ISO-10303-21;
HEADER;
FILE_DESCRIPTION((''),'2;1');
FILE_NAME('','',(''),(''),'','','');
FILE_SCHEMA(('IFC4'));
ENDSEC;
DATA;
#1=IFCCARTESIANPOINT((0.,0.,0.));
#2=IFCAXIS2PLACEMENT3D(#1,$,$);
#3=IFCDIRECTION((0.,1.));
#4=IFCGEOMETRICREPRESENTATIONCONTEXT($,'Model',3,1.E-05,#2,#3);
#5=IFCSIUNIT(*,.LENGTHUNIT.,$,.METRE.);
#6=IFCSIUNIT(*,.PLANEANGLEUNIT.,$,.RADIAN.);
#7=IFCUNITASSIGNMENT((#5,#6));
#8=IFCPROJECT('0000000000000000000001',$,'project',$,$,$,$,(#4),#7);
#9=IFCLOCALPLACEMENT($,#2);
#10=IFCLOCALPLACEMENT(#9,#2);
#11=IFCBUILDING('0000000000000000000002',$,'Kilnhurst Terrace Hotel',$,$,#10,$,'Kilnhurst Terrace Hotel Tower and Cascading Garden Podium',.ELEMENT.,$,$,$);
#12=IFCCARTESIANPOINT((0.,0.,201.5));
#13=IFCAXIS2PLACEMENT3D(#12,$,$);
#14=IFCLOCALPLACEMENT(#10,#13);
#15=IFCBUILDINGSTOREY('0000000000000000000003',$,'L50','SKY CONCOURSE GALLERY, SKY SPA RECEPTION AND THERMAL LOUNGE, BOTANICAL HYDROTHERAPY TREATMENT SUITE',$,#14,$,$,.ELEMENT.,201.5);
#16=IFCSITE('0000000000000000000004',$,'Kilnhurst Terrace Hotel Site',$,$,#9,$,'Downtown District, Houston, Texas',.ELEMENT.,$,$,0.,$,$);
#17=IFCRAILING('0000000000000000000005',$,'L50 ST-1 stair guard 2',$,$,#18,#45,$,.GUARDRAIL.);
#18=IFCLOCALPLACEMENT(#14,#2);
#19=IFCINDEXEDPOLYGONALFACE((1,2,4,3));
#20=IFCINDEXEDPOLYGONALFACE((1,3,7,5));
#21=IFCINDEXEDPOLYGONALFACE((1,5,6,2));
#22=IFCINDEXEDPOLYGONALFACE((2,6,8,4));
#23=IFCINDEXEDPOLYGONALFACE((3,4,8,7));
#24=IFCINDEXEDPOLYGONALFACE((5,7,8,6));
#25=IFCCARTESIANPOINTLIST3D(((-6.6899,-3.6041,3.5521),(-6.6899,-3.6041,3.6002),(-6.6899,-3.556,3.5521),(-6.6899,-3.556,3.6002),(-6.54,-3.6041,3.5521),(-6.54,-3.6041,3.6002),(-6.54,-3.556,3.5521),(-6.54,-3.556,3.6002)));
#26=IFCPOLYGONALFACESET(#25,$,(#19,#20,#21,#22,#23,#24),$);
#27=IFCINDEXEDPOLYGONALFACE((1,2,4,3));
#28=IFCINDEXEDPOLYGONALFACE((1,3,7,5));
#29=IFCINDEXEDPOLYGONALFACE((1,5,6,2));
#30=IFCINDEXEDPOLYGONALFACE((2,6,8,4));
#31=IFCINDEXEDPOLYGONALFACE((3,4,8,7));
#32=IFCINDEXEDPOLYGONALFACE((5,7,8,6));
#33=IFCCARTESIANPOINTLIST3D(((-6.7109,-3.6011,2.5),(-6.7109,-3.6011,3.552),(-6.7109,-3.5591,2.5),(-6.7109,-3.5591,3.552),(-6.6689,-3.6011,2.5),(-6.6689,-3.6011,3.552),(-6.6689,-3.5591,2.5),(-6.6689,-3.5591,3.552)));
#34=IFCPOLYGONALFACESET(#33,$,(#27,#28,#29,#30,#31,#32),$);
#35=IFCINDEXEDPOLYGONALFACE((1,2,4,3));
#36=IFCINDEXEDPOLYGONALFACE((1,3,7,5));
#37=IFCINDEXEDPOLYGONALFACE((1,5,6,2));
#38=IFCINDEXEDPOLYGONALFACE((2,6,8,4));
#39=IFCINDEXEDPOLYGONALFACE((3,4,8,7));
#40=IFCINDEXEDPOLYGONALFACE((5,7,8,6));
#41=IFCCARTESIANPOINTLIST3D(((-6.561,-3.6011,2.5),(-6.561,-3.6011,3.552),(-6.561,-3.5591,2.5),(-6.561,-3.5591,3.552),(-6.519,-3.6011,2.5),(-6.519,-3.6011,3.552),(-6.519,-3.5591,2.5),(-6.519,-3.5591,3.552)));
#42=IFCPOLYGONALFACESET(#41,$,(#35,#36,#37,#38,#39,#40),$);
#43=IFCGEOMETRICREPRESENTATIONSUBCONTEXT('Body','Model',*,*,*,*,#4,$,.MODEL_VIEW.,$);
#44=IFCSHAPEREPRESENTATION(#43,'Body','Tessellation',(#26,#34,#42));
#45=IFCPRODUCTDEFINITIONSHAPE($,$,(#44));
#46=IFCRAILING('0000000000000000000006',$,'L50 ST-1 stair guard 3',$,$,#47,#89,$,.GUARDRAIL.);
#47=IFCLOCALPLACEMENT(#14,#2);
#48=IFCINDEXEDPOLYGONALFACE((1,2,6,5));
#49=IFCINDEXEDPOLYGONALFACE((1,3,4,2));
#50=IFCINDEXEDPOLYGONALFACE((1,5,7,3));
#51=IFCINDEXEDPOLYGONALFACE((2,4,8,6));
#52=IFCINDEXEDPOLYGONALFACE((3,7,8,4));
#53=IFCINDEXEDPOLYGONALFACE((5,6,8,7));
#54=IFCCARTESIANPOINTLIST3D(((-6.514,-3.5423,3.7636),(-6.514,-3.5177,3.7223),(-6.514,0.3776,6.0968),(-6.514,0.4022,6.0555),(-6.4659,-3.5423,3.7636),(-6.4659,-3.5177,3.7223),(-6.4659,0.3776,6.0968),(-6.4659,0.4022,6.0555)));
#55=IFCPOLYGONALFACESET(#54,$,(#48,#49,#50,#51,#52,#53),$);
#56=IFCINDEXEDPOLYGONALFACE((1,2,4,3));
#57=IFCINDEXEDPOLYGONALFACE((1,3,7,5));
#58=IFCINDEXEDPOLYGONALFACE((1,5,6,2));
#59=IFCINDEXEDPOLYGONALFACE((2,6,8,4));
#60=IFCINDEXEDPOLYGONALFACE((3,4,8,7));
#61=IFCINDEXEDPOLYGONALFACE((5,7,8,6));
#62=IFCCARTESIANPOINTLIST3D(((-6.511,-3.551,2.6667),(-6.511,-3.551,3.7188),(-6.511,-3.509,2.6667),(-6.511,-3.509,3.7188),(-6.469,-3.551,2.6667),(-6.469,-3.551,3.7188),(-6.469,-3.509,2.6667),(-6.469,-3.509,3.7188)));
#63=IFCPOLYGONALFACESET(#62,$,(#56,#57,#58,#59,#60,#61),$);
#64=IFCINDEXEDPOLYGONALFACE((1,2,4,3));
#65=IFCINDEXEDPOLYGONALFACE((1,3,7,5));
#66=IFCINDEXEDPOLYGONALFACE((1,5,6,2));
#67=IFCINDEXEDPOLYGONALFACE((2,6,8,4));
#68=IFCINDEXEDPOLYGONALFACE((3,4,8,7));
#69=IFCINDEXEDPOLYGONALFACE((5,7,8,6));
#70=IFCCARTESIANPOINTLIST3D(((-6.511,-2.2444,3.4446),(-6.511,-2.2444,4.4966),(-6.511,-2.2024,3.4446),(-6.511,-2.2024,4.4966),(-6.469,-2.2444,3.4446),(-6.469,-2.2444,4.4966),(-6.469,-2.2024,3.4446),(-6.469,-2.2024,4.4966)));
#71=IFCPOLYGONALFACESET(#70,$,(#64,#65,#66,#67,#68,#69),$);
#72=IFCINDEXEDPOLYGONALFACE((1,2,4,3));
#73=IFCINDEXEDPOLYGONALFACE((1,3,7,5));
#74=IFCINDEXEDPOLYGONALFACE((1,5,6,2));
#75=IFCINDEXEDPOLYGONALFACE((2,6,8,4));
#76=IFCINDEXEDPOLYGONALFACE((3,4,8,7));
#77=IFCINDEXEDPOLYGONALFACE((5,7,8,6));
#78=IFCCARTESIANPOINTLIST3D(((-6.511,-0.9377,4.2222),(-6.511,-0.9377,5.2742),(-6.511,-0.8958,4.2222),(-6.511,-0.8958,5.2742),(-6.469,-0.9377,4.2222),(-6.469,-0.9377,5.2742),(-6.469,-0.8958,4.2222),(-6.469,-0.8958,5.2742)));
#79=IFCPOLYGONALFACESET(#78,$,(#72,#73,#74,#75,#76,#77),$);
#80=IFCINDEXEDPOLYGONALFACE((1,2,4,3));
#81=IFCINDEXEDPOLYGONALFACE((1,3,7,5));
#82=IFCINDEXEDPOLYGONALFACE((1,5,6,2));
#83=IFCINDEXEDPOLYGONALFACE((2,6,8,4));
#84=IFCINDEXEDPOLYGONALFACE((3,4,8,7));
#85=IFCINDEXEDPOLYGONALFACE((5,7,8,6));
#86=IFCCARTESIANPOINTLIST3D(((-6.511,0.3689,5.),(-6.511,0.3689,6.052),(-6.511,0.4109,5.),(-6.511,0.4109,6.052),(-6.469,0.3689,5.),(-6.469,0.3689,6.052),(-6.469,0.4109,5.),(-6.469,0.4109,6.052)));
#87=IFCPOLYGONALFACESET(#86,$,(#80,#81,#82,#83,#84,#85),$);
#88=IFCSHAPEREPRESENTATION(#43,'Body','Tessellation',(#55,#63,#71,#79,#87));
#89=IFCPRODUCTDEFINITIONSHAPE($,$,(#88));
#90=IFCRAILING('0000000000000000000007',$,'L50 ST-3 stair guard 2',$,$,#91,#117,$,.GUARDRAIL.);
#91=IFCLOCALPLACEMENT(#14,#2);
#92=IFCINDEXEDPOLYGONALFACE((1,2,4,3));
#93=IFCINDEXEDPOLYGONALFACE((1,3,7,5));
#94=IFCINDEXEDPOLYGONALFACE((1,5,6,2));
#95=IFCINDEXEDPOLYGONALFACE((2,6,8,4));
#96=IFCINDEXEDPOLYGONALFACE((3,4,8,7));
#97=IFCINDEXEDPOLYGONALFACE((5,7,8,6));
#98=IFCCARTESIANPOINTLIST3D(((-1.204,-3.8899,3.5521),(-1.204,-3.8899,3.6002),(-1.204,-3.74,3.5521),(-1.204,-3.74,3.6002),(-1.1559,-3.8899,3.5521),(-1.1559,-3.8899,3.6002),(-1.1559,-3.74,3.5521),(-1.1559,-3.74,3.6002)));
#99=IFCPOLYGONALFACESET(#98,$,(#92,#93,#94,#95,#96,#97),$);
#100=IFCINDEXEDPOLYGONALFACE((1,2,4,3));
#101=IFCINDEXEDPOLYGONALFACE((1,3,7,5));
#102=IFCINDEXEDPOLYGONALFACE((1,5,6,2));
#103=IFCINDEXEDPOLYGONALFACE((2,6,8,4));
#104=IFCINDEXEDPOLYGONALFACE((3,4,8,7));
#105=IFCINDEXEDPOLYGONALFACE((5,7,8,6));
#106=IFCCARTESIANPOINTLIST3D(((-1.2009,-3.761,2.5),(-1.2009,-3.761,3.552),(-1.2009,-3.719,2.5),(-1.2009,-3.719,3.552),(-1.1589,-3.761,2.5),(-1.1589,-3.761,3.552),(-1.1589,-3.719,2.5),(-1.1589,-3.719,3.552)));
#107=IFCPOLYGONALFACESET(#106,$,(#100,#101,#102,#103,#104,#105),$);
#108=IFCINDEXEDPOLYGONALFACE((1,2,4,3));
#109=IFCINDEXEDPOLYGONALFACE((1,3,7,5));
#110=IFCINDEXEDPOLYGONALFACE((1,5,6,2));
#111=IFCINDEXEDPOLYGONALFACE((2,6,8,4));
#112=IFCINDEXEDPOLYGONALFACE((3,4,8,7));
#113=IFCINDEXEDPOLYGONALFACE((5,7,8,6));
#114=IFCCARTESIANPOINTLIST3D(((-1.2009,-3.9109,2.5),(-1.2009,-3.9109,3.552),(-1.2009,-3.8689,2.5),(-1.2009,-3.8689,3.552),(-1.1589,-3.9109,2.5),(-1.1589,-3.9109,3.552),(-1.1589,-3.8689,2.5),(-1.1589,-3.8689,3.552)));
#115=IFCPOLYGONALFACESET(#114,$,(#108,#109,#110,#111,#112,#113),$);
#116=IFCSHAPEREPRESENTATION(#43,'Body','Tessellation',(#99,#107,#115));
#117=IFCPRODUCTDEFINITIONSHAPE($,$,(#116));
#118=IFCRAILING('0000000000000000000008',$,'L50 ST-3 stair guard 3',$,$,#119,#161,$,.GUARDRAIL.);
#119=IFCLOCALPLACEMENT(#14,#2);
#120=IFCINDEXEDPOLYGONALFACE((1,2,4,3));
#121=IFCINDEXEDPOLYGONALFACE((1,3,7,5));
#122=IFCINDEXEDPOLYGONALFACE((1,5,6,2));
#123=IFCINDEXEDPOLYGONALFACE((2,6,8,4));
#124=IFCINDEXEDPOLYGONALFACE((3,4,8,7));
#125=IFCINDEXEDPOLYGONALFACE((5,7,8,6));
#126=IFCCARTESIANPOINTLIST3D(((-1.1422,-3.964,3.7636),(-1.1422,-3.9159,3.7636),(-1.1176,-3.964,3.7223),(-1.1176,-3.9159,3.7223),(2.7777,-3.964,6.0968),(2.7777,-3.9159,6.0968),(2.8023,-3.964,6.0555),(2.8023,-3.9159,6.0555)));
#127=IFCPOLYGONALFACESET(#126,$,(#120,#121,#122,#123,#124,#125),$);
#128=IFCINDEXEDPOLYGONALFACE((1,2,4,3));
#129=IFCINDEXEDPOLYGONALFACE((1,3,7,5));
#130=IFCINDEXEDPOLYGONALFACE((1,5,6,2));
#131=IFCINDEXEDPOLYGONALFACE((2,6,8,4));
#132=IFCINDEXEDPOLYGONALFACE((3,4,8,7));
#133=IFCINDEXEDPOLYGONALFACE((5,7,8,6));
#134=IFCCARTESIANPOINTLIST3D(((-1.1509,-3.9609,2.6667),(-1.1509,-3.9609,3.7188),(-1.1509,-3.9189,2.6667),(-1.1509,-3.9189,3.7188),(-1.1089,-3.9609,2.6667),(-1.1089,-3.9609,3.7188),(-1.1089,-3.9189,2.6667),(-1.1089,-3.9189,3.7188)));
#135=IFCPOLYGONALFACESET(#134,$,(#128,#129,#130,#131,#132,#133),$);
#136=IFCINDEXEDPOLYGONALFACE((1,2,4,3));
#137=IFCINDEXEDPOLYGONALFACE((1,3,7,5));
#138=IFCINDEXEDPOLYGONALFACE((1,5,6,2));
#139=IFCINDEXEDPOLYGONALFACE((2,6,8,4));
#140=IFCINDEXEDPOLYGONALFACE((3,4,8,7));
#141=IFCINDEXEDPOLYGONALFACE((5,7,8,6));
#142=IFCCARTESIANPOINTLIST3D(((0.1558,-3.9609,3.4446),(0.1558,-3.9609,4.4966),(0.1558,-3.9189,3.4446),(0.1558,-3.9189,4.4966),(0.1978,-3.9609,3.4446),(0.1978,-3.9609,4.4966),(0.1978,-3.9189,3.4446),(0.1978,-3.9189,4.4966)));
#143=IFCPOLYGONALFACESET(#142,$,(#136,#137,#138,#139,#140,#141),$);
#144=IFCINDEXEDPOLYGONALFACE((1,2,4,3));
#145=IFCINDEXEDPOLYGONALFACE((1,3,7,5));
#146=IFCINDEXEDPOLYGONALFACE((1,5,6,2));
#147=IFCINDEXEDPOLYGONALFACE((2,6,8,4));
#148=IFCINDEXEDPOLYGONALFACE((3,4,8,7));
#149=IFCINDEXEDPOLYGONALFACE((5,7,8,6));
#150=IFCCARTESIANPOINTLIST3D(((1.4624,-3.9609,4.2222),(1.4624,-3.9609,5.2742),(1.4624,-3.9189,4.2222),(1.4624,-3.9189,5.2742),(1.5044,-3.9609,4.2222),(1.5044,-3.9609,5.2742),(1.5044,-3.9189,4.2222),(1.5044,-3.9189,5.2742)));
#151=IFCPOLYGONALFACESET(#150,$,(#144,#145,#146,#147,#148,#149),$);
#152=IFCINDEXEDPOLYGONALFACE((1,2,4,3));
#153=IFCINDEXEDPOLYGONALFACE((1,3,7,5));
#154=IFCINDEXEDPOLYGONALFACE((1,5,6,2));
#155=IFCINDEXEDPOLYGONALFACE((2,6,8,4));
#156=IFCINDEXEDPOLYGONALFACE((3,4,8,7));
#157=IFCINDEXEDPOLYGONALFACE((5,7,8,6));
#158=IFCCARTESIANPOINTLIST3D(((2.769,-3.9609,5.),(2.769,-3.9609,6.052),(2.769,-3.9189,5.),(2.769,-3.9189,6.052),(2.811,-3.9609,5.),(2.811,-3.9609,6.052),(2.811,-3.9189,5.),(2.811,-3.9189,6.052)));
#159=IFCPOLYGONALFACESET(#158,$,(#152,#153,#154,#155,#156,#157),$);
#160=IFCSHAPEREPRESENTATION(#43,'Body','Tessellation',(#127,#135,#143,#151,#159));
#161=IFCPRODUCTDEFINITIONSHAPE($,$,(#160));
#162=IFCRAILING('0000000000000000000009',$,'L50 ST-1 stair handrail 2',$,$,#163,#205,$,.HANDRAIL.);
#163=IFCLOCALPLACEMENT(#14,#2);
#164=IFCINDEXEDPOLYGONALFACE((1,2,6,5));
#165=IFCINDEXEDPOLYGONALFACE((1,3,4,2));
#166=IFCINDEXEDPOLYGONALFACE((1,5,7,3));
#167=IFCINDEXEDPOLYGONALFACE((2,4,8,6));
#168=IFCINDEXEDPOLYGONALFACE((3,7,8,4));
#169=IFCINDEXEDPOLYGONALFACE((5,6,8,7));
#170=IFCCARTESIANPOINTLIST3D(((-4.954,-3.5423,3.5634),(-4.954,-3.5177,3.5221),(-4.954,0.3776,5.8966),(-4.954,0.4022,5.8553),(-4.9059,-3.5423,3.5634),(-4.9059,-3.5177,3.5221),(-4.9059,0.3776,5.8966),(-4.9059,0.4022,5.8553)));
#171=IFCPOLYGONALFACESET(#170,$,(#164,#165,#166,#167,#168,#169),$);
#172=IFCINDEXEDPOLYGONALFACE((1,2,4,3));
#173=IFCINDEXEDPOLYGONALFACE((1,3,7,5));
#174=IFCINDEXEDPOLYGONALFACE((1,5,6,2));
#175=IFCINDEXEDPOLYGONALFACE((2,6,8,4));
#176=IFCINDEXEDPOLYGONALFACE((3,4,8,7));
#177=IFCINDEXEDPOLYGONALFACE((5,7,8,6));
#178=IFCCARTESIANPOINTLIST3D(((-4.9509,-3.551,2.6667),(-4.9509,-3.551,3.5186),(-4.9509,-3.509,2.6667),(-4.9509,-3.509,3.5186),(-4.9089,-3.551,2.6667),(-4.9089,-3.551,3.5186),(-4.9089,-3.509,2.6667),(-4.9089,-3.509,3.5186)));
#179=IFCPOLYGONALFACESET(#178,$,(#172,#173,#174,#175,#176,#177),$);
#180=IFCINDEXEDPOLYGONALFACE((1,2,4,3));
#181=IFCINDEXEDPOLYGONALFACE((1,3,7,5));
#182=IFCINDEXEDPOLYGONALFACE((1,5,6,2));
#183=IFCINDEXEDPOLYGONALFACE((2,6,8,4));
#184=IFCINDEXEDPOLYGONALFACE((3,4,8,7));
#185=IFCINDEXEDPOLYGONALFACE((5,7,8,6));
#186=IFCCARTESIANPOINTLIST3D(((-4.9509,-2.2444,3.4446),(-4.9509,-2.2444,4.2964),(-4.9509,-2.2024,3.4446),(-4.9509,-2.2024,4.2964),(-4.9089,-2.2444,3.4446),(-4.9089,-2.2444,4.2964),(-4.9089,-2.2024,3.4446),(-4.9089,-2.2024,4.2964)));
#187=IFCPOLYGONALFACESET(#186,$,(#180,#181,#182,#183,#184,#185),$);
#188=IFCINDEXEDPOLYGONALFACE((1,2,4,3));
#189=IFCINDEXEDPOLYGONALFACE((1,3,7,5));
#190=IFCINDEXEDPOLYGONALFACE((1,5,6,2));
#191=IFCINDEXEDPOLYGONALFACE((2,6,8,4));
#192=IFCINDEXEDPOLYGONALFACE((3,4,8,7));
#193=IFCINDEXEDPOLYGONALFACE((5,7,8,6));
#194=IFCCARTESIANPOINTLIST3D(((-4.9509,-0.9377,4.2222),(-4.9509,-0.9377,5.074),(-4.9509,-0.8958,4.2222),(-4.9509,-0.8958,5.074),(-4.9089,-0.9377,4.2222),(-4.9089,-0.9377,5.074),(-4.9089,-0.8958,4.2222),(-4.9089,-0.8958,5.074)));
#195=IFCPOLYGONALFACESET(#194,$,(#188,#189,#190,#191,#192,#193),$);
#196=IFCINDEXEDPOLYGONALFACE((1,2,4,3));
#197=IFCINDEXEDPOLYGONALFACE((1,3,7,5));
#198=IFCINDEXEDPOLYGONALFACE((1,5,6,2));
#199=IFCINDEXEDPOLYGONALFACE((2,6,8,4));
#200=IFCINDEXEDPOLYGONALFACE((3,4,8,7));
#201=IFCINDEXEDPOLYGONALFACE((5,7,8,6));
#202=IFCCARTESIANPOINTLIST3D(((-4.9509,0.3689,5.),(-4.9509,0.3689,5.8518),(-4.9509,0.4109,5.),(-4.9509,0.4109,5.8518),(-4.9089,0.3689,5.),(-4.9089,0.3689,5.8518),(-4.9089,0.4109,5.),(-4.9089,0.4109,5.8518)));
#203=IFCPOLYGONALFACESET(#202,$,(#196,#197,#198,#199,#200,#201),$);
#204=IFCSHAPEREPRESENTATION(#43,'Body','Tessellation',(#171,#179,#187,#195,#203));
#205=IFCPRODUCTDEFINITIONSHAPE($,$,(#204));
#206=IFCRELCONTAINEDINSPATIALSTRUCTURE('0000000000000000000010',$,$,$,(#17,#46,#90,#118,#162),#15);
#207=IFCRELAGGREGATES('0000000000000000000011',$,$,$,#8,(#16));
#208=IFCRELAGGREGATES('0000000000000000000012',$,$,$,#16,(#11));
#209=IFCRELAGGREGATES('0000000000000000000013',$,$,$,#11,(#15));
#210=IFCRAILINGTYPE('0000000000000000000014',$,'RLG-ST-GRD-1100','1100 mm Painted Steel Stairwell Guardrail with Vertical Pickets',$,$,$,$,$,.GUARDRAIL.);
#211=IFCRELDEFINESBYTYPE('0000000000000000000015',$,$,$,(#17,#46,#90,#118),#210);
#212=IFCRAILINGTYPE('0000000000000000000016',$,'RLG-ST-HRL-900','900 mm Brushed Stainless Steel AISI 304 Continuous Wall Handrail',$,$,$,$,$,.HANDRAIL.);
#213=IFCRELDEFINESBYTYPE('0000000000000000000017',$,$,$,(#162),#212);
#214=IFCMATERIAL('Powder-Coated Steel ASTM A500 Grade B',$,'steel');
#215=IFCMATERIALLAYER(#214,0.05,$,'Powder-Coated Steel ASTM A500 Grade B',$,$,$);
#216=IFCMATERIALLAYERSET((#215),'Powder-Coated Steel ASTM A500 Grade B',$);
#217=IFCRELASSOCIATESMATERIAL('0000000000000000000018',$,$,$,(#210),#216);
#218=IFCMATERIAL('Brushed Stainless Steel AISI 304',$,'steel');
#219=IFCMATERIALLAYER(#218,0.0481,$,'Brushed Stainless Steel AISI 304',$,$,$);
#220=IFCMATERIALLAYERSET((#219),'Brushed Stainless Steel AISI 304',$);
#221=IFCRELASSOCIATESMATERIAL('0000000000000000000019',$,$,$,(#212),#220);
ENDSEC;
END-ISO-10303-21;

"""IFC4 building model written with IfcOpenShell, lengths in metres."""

from ifc_helpers import new_model, si_unit, direction, frame, origin, origin_2d, place, context, subcontext, project, spatial, rectangle, extrude, material, layer, layer_set, type_object, element, save


model = new_model("IFC4")

# Units and contexts
model_context = context("Model", 3, precision=1e-05, world=origin(), true_north=direction((0.0, 1.0)))
body_context = subcontext(model_context, "Body", "Model", "MODEL_VIEW")
ifc_project = project(units=[si_unit("LENGTHUNIT", "METRE"), si_unit("PLANEANGLEUNIT", "RADIAN")], contexts=[model_context])

# Site, building, storey
site_placement = place(None, origin())
site = spatial("IfcSite", under=ifc_project, at=site_placement, Name="Kilnhurst Terrace Hotel Site", LongName="Downtown District, Houston, Texas", CompositionType="ELEMENT", RefElevation=0.0)
building_placement = place(site_placement, origin())
building = spatial("IfcBuilding", under=site, at=building_placement, Name="Kilnhurst Terrace Hotel", LongName="Kilnhurst Terrace Hotel Tower and Cascading Garden Podium", CompositionType="ELEMENT")
storey_placement = place(building_placement, frame((0.0, 0.0, 201.5)))
storey = spatial("IfcBuildingStorey", under=building, at=storey_placement, Name="L50", Description="SKY CONCOURSE GALLERY, SKY SPA RECEPTION AND THERMAL LOUNGE, BOTANICAL HYDROTHERAPY TREATMENT SUITE", CompositionType="ELEMENT", Elevation=201.5)

# Railings
ifc_material_1 = material(Name="Powder-Coated Steel ASTM A500 Grade B", Category="steel")
ifc_layer_1 = layer(ifc_material_1, 0.05, Name="Powder-Coated Steel ASTM A500 Grade B")
ifc_layer_set_1 = layer_set([ifc_layer_1], Name="Powder-Coated Steel ASTM A500 Grade B")
railing_type_1 = type_object("IfcRailingType", Name="RLG-ST-GRD-1100", Description="1100 mm Painted Steel Stairwell Guardrail with Vertical Pickets", PredefinedType="GUARDRAIL", material=ifc_layer_set_1)
railing_1_placement = place(storey_placement, frame((-6.6899, -3.5801, 2.5)))
element("IfcRailing", 1, at=railing_1_placement, inside=storey, type_object=railing_type_1, Name="L50 ST-1 stair guard 2", PredefinedType="GUARDRAIL", context=body_context, shape_type="SweptSolid", body=[
    extrude(rectangle(XDim=0.0481, YDim=0.0481, at=origin_2d()), frame((0.0, 0.0, 1.0762), z_axis=(1.0, 0.0, 0.0), x_axis=(0.0, 1.0, 0.0)), (0.0, 0.0, 1.0), 0.1499),
    extrude(rectangle(XDim=0.042, YDim=0.042, at=origin_2d()), origin(), (0.0, 0.0, 1.0), 1.052),
    extrude(rectangle(XDim=0.042, YDim=0.042, at=origin_2d()), frame((0.1499, 0.0, 0.0)), (0.0, 0.0, 1.0), 1.052),
])
railing_2_placement = place(storey_placement, frame((-6.49, -3.53, 2.6667)))
element("IfcRailing", 2, at=railing_2_placement, inside=storey, type_object=railing_type_1, Name="L50 ST-1 stair guard 3", PredefinedType="GUARDRAIL", context=body_context, shape_type="SweptSolid", body=[
    extrude(rectangle(XDim=0.0481, YDim=0.0481, at=origin_2d()), frame((0.0, 0.0, 1.0762), z_axis=(0.0, 0.859296, 0.511478), x_axis=(-1.0, 0.0, 0.0)), (0.0, 0.0, 1.0), 4.5618),
    extrude(rectangle(XDim=0.042, YDim=0.042, at=origin_2d()), origin(), (0.0, 0.0, 1.0), 1.052),
    extrude(rectangle(XDim=0.042, YDim=0.042, at=origin_2d()), frame((0.0, 1.3066, 0.7778)), (0.0, 0.0, 1.0), 1.052),
    extrude(rectangle(XDim=0.042, YDim=0.042, at=origin_2d()), frame((0.0, 2.6133, 1.5554)), (0.0, 0.0, 1.0), 1.052),
    extrude(rectangle(XDim=0.042, YDim=0.042, at=origin_2d()), frame((0.0, 3.9199, 2.3333)), (0.0, 0.0, 1.0), 1.052),
])
railing_3_placement = place(storey_placement, frame((-1.1799, -3.74, 2.5)))
element("IfcRailing", 3, at=railing_3_placement, inside=storey, type_object=railing_type_1, Name="L50 ST-3 stair guard 2", PredefinedType="GUARDRAIL", context=body_context, shape_type="SweptSolid", body=[
    extrude(rectangle(XDim=0.0481, YDim=0.0481, at=origin_2d()), frame((0.0, 0.0, 1.0762), z_axis=(0.0, -1.0, 0.0), x_axis=(1.0, 0.0, 0.0)), (0.0, 0.0, 1.0), 0.1499),
    extrude(rectangle(XDim=0.042, YDim=0.042, at=origin_2d()), origin(), (0.0, 0.0, 1.0), 1.052),
    extrude(rectangle(XDim=0.042, YDim=0.042, at=origin_2d()), frame((0.0, -0.1499, 0.0)), (0.0, 0.0, 1.0), 1.052),
])
railing_4_placement = place(storey_placement, frame((-1.1299, -3.9399, 2.6667)))
element("IfcRailing", 4, at=railing_4_placement, inside=storey, type_object=railing_type_1, Name="L50 ST-3 stair guard 3", PredefinedType="GUARDRAIL", context=body_context, shape_type="SweptSolid", body=[
    extrude(rectangle(XDim=0.0481, YDim=0.0481, at=origin_2d()), frame((0.0, 0.0, 1.0762), z_axis=(0.859296, 0.0, 0.511478), x_axis=(0.0, 1.0, 0.0)), (0.0, 0.0, 1.0), 4.5618),
    extrude(rectangle(XDim=0.042, YDim=0.042, at=origin_2d()), origin(), (0.0, 0.0, 1.0), 1.052),
    extrude(rectangle(XDim=0.042, YDim=0.042, at=origin_2d()), frame((1.3066, 0.0, 0.7778)), (0.0, 0.0, 1.0), 1.052),
    extrude(rectangle(XDim=0.042, YDim=0.042, at=origin_2d()), frame((2.6133, 0.0, 1.5554)), (0.0, 0.0, 1.0), 1.052),
    extrude(rectangle(XDim=0.042, YDim=0.042, at=origin_2d()), frame((3.9199, 0.0, 2.3333)), (0.0, 0.0, 1.0), 1.052),
])
ifc_material_2 = material(Name="Brushed Stainless Steel AISI 304", Category="steel")
ifc_layer_2 = layer(ifc_material_2, 0.0481, Name="Brushed Stainless Steel AISI 304")
ifc_layer_set_2 = layer_set([ifc_layer_2], Name="Brushed Stainless Steel AISI 304")
railing_type_2 = type_object("IfcRailingType", Name="RLG-ST-HRL-900", Description="900 mm Brushed Stainless Steel AISI 304 Continuous Wall Handrail", PredefinedType="HANDRAIL", material=ifc_layer_set_2)
railing_5_placement = place(storey_placement, frame((-4.9299, -3.53, 2.6667)))
element("IfcRailing", 5, at=railing_5_placement, inside=storey, type_object=railing_type_2, Name="L50 ST-1 stair handrail 2", PredefinedType="HANDRAIL", context=body_context, shape_type="SweptSolid", body=[
    extrude(rectangle(XDim=0.0481, YDim=0.0481, at=origin_2d()), frame((0.0, 0.0, 0.876), z_axis=(0.0, 0.859296, 0.511478), x_axis=(-1.0, 0.0, 0.0)), (0.0, 0.0, 1.0), 4.5618),
    extrude(rectangle(XDim=0.042, YDim=0.042, at=origin_2d()), origin(), (0.0, 0.0, 1.0), 0.8518),
    extrude(rectangle(XDim=0.042, YDim=0.042, at=origin_2d()), frame((0.0, 1.3066, 0.7778)), (0.0, 0.0, 1.0), 0.8518),
    extrude(rectangle(XDim=0.042, YDim=0.042, at=origin_2d()), frame((0.0, 2.6133, 1.5554)), (0.0, 0.0, 1.0), 0.8518),
    extrude(rectangle(XDim=0.042, YDim=0.042, at=origin_2d()), frame((0.0, 3.9199, 2.3333)), (0.0, 0.0, 1.0), 0.8518),
])

save(model, "model.ifc")
